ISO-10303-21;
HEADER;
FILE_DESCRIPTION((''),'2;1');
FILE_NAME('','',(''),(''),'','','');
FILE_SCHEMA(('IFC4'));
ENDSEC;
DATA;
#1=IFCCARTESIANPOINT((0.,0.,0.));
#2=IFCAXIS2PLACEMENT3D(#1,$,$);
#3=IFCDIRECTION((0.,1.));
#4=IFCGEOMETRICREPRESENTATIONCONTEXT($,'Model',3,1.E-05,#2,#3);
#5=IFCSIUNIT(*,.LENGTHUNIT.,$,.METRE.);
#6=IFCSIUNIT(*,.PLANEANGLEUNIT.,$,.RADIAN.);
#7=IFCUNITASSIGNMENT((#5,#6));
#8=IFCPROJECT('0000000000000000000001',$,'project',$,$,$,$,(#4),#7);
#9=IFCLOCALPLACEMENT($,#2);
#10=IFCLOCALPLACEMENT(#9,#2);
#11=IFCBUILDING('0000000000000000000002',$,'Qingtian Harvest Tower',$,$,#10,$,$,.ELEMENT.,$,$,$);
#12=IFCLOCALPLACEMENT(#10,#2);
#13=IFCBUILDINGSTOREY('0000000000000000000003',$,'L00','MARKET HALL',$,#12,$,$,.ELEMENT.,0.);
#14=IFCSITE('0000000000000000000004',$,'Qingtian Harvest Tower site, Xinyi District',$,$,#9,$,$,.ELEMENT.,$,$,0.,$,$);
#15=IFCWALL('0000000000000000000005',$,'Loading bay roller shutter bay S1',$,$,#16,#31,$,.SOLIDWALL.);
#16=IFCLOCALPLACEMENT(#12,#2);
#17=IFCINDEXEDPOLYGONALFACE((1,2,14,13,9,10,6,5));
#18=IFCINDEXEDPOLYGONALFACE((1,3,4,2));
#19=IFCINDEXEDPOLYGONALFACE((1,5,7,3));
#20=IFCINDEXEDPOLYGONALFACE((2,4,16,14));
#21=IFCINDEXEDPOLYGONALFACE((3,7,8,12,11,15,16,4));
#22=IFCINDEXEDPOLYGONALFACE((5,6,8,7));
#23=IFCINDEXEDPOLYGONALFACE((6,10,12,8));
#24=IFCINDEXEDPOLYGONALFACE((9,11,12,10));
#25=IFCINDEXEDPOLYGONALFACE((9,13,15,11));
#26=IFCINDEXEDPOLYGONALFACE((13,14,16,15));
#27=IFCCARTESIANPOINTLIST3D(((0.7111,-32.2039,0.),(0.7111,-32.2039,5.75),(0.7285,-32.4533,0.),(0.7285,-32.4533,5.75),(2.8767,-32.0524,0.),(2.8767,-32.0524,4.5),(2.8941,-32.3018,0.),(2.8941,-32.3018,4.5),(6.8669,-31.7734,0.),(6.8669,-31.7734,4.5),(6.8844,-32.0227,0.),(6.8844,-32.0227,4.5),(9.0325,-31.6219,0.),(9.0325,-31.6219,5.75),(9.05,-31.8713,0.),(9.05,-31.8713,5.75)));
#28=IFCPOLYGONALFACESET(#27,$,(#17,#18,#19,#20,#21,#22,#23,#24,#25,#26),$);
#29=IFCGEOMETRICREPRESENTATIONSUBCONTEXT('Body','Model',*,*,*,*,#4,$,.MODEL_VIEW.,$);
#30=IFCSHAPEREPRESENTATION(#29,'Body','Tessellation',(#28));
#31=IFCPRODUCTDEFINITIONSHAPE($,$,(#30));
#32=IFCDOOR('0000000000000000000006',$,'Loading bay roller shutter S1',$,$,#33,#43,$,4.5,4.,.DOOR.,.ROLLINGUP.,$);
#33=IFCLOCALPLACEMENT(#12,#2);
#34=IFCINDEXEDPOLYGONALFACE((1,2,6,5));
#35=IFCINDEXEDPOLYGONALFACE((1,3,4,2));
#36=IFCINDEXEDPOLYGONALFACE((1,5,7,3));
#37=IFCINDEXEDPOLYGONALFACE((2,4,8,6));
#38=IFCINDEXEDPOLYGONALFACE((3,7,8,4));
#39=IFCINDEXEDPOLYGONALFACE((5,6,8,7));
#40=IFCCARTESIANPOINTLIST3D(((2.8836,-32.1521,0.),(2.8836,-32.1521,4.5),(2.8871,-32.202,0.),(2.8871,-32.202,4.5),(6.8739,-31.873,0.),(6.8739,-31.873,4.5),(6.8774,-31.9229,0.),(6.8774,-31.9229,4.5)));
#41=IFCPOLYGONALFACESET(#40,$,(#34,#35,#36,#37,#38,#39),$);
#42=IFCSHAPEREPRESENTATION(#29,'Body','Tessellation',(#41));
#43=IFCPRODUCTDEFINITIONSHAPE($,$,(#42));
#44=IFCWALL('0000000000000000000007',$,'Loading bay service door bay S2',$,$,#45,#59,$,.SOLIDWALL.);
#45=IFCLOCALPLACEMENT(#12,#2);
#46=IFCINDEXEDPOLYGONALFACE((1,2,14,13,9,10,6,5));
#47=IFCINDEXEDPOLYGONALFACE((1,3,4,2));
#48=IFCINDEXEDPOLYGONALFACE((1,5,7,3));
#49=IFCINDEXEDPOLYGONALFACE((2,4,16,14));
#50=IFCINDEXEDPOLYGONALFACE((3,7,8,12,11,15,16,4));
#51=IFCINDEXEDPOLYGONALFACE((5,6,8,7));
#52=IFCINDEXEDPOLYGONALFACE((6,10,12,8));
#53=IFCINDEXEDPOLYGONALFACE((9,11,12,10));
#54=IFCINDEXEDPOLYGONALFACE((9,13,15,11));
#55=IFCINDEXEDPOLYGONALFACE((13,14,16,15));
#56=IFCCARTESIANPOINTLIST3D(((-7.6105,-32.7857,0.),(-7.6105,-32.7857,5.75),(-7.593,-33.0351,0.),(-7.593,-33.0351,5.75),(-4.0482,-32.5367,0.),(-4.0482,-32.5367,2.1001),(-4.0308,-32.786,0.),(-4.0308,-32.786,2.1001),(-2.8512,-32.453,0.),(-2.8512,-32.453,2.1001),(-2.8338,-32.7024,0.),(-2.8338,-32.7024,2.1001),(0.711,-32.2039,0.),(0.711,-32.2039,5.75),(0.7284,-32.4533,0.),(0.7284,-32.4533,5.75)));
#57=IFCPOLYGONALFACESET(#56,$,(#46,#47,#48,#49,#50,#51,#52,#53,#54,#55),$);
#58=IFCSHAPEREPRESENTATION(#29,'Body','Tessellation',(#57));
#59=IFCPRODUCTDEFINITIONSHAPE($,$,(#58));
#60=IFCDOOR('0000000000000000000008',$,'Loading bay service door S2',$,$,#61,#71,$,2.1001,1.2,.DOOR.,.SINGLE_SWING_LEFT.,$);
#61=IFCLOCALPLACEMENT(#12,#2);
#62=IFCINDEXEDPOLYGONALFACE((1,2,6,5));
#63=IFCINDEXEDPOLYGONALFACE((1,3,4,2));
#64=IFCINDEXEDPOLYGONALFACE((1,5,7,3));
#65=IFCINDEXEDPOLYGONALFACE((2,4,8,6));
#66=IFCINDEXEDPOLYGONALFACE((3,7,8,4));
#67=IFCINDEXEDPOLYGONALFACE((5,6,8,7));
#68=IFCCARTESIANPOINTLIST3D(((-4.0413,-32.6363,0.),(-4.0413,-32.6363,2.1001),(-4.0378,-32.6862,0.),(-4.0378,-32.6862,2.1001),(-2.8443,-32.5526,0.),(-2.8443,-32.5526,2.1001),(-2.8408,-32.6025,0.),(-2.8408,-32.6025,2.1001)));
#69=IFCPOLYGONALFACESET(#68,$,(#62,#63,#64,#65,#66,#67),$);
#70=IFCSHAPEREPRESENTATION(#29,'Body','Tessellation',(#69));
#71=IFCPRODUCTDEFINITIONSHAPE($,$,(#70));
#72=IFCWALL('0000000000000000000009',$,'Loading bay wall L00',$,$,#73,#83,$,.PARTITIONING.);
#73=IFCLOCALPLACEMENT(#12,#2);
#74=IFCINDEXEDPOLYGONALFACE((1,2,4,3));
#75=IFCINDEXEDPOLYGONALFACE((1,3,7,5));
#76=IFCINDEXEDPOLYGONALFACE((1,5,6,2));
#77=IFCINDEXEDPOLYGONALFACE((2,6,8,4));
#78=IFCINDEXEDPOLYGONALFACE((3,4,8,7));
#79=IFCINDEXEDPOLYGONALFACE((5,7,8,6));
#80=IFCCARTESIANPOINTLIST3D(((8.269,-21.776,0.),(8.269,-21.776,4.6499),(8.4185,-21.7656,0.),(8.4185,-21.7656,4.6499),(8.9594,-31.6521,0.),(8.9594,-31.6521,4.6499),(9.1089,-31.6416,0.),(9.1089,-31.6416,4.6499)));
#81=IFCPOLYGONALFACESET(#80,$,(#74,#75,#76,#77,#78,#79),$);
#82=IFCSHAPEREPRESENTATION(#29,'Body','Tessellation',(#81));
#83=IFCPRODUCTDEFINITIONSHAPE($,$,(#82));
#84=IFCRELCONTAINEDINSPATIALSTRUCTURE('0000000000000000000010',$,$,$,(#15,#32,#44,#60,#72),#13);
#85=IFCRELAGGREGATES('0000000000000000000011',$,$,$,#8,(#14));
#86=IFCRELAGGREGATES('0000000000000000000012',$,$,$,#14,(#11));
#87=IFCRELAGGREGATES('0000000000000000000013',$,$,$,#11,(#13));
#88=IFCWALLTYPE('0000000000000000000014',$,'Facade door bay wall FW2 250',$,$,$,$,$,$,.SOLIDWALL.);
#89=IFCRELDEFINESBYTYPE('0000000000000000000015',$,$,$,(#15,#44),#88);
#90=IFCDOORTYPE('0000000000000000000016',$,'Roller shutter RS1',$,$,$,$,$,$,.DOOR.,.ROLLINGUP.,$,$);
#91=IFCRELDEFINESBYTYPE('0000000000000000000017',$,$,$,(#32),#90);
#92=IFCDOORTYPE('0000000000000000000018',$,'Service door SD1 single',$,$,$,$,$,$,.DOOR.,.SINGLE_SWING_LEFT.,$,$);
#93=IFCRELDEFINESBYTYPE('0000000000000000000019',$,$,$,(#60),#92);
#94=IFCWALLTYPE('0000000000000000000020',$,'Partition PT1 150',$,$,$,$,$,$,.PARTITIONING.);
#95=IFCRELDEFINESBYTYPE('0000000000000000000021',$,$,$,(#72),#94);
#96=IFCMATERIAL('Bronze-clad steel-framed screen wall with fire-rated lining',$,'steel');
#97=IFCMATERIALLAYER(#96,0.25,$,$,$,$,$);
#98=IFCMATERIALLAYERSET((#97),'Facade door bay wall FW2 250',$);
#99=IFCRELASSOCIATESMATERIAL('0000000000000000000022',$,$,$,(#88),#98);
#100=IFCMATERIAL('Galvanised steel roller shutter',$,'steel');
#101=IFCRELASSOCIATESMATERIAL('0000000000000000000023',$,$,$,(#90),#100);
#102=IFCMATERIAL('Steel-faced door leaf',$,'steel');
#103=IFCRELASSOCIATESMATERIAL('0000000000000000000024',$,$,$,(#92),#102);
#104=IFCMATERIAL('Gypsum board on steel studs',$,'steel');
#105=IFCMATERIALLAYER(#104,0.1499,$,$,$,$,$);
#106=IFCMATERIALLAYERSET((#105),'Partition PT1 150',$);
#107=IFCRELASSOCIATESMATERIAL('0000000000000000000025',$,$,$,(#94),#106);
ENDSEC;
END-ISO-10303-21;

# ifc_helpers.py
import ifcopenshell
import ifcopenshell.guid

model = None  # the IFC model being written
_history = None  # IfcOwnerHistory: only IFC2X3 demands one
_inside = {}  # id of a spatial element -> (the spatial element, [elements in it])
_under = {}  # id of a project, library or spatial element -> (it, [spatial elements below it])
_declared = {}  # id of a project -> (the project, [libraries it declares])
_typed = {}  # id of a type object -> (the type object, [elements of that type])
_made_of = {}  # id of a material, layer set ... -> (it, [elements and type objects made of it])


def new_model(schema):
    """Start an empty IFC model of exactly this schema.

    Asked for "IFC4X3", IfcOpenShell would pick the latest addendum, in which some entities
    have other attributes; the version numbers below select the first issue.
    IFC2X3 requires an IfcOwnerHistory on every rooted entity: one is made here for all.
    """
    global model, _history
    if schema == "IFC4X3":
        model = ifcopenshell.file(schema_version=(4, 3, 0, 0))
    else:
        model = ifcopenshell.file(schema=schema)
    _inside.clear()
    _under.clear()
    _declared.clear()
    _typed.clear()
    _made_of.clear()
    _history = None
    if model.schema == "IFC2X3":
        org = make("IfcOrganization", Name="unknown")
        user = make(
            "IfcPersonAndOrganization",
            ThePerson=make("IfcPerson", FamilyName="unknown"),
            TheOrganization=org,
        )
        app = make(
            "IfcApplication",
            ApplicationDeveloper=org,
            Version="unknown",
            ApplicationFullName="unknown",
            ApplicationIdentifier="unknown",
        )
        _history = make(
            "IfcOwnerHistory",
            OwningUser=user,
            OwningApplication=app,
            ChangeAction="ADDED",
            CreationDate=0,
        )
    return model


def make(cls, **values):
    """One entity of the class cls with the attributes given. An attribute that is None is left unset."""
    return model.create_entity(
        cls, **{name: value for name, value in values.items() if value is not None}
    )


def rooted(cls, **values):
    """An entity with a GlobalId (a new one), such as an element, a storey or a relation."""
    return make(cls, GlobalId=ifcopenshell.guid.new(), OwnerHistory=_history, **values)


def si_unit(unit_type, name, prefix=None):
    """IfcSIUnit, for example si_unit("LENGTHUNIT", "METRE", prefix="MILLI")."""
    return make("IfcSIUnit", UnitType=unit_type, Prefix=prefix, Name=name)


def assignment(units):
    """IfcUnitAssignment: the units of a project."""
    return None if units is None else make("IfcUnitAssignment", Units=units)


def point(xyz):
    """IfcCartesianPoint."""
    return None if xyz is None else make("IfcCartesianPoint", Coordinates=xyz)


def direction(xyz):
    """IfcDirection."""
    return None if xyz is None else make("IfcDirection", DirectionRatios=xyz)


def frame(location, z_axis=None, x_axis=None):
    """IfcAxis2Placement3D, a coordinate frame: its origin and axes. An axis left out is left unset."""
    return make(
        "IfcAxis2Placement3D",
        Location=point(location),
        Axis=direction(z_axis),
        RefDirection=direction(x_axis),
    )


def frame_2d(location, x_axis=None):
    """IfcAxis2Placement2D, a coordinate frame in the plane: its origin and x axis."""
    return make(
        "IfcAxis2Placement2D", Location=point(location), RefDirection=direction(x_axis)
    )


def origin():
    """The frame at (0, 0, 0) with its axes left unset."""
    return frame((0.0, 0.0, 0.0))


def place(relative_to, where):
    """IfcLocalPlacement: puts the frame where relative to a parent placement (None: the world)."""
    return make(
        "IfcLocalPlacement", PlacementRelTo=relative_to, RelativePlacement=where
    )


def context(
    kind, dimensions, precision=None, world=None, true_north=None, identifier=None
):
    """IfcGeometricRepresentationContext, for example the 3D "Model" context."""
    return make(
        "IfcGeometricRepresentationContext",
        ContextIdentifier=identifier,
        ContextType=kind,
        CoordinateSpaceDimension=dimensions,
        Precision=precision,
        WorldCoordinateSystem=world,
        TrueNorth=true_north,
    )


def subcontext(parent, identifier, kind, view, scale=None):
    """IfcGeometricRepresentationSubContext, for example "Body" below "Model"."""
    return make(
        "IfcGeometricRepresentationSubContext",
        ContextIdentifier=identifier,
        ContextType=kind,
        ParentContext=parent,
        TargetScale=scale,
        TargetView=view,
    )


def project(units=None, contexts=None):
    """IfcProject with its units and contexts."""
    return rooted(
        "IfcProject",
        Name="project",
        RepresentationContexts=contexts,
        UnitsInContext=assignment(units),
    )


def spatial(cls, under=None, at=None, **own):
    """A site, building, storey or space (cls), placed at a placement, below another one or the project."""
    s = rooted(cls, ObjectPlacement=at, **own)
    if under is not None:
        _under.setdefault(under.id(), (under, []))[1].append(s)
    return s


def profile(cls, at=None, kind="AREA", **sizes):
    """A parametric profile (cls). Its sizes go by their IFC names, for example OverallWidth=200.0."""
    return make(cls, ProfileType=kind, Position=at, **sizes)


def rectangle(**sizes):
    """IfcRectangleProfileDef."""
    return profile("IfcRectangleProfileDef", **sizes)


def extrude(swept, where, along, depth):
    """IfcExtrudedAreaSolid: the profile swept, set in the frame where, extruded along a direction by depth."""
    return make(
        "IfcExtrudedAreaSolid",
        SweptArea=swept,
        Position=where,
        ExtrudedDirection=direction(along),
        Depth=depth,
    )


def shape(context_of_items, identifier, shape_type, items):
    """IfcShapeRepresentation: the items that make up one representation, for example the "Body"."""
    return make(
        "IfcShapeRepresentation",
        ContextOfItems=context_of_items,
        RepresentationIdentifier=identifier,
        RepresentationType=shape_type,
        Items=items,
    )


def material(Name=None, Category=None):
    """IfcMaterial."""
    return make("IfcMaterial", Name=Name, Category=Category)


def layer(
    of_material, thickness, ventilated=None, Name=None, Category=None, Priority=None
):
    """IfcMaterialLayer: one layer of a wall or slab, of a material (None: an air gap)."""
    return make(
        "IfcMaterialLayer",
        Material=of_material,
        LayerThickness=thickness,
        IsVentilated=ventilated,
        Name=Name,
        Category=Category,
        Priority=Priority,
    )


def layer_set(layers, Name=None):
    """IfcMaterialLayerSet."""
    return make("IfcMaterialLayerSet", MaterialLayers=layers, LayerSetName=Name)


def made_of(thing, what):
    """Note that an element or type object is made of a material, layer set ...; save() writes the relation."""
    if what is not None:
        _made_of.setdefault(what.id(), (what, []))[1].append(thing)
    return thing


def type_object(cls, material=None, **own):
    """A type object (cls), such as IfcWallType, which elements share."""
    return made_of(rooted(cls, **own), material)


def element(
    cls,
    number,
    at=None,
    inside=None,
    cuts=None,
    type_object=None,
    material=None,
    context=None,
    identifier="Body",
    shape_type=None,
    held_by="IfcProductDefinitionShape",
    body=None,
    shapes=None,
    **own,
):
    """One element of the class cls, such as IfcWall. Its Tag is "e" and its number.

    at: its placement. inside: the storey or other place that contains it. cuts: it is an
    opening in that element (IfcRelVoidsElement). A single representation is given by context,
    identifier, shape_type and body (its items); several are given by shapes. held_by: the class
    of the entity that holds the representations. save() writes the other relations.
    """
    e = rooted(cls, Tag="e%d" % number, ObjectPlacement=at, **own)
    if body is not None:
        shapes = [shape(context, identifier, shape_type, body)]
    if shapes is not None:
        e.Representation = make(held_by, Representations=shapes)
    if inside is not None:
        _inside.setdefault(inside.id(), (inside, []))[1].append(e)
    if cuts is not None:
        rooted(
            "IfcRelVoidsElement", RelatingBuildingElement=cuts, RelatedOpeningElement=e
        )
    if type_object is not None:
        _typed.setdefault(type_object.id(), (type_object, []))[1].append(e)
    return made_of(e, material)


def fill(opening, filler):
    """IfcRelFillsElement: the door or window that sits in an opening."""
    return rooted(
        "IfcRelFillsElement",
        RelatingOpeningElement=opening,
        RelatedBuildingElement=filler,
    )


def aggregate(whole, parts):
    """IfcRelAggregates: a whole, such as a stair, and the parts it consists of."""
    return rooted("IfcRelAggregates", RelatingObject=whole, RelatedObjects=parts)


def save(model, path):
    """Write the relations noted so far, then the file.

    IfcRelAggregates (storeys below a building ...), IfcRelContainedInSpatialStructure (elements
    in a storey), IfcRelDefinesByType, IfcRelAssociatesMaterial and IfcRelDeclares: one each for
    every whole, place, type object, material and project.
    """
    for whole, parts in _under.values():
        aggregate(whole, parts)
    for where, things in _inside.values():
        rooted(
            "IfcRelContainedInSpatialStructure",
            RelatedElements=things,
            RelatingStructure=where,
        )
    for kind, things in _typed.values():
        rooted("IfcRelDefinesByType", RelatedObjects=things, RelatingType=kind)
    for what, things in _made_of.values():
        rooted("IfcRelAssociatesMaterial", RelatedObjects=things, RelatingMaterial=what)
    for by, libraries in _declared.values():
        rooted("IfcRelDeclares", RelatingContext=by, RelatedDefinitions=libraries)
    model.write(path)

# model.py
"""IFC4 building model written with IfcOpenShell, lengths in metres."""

from ifc_helpers import new_model, si_unit, direction, frame, frame_2d, origin, place, context, subcontext, project, spatial, rectangle, extrude, material, layer, layer_set, type_object, element, fill, save


model = new_model("IFC4")

# Units and contexts
model_context = context("Model", 3, precision=1e-05, world=origin(), true_north=direction((0.0, 1.0)))
body_context = subcontext(model_context, "Body", "Model", "MODEL_VIEW")
ifc_project = project(units=[si_unit("LENGTHUNIT", "METRE"), si_unit("PLANEANGLEUNIT", "RADIAN")], contexts=[model_context])

# Site, building, storey
site_placement = place(None, origin())
site = spatial("IfcSite", under=ifc_project, at=site_placement, Name="Qingtian Harvest Tower site, Xinyi District", CompositionType="ELEMENT", RefElevation=0.0)
building_placement = place(site_placement, origin())
building = spatial("IfcBuilding", under=site, at=building_placement, Name="Qingtian Harvest Tower", CompositionType="ELEMENT")
storey_placement = place(building_placement, origin())
storey = spatial("IfcBuildingStorey", under=building, at=storey_placement, Name="L00", Description="MARKET HALL", CompositionType="ELEMENT", Elevation=0.0)

# Walls, openings, doors
ifc_material_1 = material(Name="Bronze-clad steel-framed screen wall with fire-rated lining", Category="steel")
ifc_layer_1 = layer(ifc_material_1, 0.25)
ifc_layer_set_1 = layer_set([ifc_layer_1], Name="Facade door bay wall FW2 250")
wall_type_1 = type_object("IfcWallType", Name="Facade door bay wall FW2 250", PredefinedType="SOLIDWALL", material=ifc_layer_set_1)
wall_1_placement = place(storey_placement, frame((9.0413, -31.7466, 0.0), z_axis=(0.0, 0.0, 1.0), x_axis=(-0.997563, -0.069772, 0.0)))
wall_1 = element("IfcWall", 1, at=wall_1_placement, inside=storey, type_object=wall_type_1, Name="Loading bay roller shutter bay S1", PredefinedType="SOLIDWALL", context=body_context, shape_type="SweptSolid", body=[
    extrude(rectangle(XDim=8.3418, YDim=0.25, at=frame_2d((4.1709, 0.0))), origin(), (0.0, 0.0, 1.0), 5.75),
])
opening_1_placement = place(wall_1_placement, frame((2.1709, 0.0, 0.0)))
opening_1 = element("IfcOpeningElement", 2, at=opening_1_placement, cuts=wall_1, PredefinedType="OPENING", context=body_context, shape_type="SweptSolid", body=[
    extrude(rectangle(XDim=4.0, YDim=4.5, at=frame_2d((2.0, 2.25))), frame((0.0, 0.135, 0.0), z_axis=(0.0, -1.0, 0.0), x_axis=(1.0, 0.0, 0.0)), (0.0, 0.0, 1.0), 0.27),
])
ifc_material_2 = material(Name="Galvanised steel roller shutter", Category="steel")
door_type_1 = type_object("IfcDoorType", Name="Roller shutter RS1", OperationType="ROLLINGUP", PredefinedType="DOOR", material=ifc_material_2)
door_1_placement = place(opening_1_placement, origin())
door_1 = element("IfcDoor", 3, at=door_1_placement, inside=storey, type_object=door_type_1, Name="Loading bay roller shutter S1", OperationType="ROLLINGUP", OverallHeight=4.5, OverallWidth=4.0, PredefinedType="DOOR", context=body_context, shape_type="SweptSolid", body=[
    extrude(rectangle(XDim=4.0, YDim=4.5, at=frame_2d((2.0, 2.25))), frame((0.0, 0.0249, 0.0), z_axis=(0.0, -1.0, 0.0), x_axis=(1.0, 0.0, 0.0)), (0.0, 0.0, 1.0), 0.05),
])
fill(opening_1, door_1)
wall_2_placement = place(storey_placement, frame((0.7197, -32.3286, 0.0), z_axis=(0.0, 0.0, 1.0), x_axis=(-0.997565, -0.069743, 0.0)))
wall_2 = element("IfcWall", 4, at=wall_2_placement, inside=storey, type_object=wall_type_1, Name="Loading bay service door bay S2", PredefinedType="SOLIDWALL", context=body_context, shape_type="SweptSolid", body=[
    extrude(rectangle(XDim=8.3418, YDim=0.25, at=frame_2d((4.1709, 0.0))), origin(), (0.0, 0.0, 1.0), 5.75),
])
opening_2_placement = place(wall_2_placement, frame((3.5708, 0.0, 0.0)))
opening_2 = element("IfcOpeningElement", 5, at=opening_2_placement, cuts=wall_2, PredefinedType="OPENING", context=body_context, shape_type="SweptSolid", body=[
    extrude(rectangle(XDim=1.2, YDim=2.1001, at=frame_2d((0.6001, 1.05))), frame((0.0, 0.135, 0.0), z_axis=(0.0, -1.0, 0.0), x_axis=(1.0, 0.0, 0.0)), (0.0, 0.0, 1.0), 0.27),
])
ifc_material_3 = material(Name="Steel-faced door leaf", Category="steel")
door_type_2 = type_object("IfcDoorType", Name="Service door SD1 single", OperationType="SINGLE_SWING_LEFT", PredefinedType="DOOR", material=ifc_material_3)
door_2_placement = place(opening_2_placement, origin())
door_2 = element("IfcDoor", 6, at=door_2_placement, inside=storey, type_object=door_type_2, Name="Loading bay service door S2", OperationType="SINGLE_SWING_LEFT", OverallHeight=2.1001, OverallWidth=1.2, PredefinedType="DOOR", context=body_context, shape_type="SweptSolid", body=[
    extrude(rectangle(XDim=1.2, YDim=2.1001, at=frame_2d((0.6001, 1.05))), frame((0.0, 0.0249, 0.0), z_axis=(0.0, -1.0, 0.0), x_axis=(1.0, 0.0, 0.0)), (0.0, 0.0, 1.0), 0.05),
])
fill(opening_2, door_2)

# Wall
ifc_material_4 = material(Name="Gypsum board on steel studs", Category="steel")
ifc_layer_2 = layer(ifc_material_4, 0.1499)
ifc_layer_set_2 = layer_set([ifc_layer_2], Name="Partition PT1 150")
wall_type_2 = type_object("IfcWallType", Name="Partition PT1 150", PredefinedType="PARTITIONING", material=ifc_layer_set_2)
wall_3_placement = place(storey_placement, frame((9.0342, -31.647, 0.0), z_axis=(0.0, 0.0, 1.0), x_axis=(-0.06974, 0.997565, 0.0)))
element("IfcWall", 7, at=wall_3_placement, inside=storey, type_object=wall_type_2, Name="Loading bay wall L00", PredefinedType="PARTITIONING", context=body_context, shape_type="SweptSolid", body=[
    extrude(rectangle(XDim=9.9001, YDim=0.1499, at=frame_2d((4.9502, 0.0))), origin(), (0.0, 0.0, 1.0), 4.6499),
])

save(model, "model.ifc")
